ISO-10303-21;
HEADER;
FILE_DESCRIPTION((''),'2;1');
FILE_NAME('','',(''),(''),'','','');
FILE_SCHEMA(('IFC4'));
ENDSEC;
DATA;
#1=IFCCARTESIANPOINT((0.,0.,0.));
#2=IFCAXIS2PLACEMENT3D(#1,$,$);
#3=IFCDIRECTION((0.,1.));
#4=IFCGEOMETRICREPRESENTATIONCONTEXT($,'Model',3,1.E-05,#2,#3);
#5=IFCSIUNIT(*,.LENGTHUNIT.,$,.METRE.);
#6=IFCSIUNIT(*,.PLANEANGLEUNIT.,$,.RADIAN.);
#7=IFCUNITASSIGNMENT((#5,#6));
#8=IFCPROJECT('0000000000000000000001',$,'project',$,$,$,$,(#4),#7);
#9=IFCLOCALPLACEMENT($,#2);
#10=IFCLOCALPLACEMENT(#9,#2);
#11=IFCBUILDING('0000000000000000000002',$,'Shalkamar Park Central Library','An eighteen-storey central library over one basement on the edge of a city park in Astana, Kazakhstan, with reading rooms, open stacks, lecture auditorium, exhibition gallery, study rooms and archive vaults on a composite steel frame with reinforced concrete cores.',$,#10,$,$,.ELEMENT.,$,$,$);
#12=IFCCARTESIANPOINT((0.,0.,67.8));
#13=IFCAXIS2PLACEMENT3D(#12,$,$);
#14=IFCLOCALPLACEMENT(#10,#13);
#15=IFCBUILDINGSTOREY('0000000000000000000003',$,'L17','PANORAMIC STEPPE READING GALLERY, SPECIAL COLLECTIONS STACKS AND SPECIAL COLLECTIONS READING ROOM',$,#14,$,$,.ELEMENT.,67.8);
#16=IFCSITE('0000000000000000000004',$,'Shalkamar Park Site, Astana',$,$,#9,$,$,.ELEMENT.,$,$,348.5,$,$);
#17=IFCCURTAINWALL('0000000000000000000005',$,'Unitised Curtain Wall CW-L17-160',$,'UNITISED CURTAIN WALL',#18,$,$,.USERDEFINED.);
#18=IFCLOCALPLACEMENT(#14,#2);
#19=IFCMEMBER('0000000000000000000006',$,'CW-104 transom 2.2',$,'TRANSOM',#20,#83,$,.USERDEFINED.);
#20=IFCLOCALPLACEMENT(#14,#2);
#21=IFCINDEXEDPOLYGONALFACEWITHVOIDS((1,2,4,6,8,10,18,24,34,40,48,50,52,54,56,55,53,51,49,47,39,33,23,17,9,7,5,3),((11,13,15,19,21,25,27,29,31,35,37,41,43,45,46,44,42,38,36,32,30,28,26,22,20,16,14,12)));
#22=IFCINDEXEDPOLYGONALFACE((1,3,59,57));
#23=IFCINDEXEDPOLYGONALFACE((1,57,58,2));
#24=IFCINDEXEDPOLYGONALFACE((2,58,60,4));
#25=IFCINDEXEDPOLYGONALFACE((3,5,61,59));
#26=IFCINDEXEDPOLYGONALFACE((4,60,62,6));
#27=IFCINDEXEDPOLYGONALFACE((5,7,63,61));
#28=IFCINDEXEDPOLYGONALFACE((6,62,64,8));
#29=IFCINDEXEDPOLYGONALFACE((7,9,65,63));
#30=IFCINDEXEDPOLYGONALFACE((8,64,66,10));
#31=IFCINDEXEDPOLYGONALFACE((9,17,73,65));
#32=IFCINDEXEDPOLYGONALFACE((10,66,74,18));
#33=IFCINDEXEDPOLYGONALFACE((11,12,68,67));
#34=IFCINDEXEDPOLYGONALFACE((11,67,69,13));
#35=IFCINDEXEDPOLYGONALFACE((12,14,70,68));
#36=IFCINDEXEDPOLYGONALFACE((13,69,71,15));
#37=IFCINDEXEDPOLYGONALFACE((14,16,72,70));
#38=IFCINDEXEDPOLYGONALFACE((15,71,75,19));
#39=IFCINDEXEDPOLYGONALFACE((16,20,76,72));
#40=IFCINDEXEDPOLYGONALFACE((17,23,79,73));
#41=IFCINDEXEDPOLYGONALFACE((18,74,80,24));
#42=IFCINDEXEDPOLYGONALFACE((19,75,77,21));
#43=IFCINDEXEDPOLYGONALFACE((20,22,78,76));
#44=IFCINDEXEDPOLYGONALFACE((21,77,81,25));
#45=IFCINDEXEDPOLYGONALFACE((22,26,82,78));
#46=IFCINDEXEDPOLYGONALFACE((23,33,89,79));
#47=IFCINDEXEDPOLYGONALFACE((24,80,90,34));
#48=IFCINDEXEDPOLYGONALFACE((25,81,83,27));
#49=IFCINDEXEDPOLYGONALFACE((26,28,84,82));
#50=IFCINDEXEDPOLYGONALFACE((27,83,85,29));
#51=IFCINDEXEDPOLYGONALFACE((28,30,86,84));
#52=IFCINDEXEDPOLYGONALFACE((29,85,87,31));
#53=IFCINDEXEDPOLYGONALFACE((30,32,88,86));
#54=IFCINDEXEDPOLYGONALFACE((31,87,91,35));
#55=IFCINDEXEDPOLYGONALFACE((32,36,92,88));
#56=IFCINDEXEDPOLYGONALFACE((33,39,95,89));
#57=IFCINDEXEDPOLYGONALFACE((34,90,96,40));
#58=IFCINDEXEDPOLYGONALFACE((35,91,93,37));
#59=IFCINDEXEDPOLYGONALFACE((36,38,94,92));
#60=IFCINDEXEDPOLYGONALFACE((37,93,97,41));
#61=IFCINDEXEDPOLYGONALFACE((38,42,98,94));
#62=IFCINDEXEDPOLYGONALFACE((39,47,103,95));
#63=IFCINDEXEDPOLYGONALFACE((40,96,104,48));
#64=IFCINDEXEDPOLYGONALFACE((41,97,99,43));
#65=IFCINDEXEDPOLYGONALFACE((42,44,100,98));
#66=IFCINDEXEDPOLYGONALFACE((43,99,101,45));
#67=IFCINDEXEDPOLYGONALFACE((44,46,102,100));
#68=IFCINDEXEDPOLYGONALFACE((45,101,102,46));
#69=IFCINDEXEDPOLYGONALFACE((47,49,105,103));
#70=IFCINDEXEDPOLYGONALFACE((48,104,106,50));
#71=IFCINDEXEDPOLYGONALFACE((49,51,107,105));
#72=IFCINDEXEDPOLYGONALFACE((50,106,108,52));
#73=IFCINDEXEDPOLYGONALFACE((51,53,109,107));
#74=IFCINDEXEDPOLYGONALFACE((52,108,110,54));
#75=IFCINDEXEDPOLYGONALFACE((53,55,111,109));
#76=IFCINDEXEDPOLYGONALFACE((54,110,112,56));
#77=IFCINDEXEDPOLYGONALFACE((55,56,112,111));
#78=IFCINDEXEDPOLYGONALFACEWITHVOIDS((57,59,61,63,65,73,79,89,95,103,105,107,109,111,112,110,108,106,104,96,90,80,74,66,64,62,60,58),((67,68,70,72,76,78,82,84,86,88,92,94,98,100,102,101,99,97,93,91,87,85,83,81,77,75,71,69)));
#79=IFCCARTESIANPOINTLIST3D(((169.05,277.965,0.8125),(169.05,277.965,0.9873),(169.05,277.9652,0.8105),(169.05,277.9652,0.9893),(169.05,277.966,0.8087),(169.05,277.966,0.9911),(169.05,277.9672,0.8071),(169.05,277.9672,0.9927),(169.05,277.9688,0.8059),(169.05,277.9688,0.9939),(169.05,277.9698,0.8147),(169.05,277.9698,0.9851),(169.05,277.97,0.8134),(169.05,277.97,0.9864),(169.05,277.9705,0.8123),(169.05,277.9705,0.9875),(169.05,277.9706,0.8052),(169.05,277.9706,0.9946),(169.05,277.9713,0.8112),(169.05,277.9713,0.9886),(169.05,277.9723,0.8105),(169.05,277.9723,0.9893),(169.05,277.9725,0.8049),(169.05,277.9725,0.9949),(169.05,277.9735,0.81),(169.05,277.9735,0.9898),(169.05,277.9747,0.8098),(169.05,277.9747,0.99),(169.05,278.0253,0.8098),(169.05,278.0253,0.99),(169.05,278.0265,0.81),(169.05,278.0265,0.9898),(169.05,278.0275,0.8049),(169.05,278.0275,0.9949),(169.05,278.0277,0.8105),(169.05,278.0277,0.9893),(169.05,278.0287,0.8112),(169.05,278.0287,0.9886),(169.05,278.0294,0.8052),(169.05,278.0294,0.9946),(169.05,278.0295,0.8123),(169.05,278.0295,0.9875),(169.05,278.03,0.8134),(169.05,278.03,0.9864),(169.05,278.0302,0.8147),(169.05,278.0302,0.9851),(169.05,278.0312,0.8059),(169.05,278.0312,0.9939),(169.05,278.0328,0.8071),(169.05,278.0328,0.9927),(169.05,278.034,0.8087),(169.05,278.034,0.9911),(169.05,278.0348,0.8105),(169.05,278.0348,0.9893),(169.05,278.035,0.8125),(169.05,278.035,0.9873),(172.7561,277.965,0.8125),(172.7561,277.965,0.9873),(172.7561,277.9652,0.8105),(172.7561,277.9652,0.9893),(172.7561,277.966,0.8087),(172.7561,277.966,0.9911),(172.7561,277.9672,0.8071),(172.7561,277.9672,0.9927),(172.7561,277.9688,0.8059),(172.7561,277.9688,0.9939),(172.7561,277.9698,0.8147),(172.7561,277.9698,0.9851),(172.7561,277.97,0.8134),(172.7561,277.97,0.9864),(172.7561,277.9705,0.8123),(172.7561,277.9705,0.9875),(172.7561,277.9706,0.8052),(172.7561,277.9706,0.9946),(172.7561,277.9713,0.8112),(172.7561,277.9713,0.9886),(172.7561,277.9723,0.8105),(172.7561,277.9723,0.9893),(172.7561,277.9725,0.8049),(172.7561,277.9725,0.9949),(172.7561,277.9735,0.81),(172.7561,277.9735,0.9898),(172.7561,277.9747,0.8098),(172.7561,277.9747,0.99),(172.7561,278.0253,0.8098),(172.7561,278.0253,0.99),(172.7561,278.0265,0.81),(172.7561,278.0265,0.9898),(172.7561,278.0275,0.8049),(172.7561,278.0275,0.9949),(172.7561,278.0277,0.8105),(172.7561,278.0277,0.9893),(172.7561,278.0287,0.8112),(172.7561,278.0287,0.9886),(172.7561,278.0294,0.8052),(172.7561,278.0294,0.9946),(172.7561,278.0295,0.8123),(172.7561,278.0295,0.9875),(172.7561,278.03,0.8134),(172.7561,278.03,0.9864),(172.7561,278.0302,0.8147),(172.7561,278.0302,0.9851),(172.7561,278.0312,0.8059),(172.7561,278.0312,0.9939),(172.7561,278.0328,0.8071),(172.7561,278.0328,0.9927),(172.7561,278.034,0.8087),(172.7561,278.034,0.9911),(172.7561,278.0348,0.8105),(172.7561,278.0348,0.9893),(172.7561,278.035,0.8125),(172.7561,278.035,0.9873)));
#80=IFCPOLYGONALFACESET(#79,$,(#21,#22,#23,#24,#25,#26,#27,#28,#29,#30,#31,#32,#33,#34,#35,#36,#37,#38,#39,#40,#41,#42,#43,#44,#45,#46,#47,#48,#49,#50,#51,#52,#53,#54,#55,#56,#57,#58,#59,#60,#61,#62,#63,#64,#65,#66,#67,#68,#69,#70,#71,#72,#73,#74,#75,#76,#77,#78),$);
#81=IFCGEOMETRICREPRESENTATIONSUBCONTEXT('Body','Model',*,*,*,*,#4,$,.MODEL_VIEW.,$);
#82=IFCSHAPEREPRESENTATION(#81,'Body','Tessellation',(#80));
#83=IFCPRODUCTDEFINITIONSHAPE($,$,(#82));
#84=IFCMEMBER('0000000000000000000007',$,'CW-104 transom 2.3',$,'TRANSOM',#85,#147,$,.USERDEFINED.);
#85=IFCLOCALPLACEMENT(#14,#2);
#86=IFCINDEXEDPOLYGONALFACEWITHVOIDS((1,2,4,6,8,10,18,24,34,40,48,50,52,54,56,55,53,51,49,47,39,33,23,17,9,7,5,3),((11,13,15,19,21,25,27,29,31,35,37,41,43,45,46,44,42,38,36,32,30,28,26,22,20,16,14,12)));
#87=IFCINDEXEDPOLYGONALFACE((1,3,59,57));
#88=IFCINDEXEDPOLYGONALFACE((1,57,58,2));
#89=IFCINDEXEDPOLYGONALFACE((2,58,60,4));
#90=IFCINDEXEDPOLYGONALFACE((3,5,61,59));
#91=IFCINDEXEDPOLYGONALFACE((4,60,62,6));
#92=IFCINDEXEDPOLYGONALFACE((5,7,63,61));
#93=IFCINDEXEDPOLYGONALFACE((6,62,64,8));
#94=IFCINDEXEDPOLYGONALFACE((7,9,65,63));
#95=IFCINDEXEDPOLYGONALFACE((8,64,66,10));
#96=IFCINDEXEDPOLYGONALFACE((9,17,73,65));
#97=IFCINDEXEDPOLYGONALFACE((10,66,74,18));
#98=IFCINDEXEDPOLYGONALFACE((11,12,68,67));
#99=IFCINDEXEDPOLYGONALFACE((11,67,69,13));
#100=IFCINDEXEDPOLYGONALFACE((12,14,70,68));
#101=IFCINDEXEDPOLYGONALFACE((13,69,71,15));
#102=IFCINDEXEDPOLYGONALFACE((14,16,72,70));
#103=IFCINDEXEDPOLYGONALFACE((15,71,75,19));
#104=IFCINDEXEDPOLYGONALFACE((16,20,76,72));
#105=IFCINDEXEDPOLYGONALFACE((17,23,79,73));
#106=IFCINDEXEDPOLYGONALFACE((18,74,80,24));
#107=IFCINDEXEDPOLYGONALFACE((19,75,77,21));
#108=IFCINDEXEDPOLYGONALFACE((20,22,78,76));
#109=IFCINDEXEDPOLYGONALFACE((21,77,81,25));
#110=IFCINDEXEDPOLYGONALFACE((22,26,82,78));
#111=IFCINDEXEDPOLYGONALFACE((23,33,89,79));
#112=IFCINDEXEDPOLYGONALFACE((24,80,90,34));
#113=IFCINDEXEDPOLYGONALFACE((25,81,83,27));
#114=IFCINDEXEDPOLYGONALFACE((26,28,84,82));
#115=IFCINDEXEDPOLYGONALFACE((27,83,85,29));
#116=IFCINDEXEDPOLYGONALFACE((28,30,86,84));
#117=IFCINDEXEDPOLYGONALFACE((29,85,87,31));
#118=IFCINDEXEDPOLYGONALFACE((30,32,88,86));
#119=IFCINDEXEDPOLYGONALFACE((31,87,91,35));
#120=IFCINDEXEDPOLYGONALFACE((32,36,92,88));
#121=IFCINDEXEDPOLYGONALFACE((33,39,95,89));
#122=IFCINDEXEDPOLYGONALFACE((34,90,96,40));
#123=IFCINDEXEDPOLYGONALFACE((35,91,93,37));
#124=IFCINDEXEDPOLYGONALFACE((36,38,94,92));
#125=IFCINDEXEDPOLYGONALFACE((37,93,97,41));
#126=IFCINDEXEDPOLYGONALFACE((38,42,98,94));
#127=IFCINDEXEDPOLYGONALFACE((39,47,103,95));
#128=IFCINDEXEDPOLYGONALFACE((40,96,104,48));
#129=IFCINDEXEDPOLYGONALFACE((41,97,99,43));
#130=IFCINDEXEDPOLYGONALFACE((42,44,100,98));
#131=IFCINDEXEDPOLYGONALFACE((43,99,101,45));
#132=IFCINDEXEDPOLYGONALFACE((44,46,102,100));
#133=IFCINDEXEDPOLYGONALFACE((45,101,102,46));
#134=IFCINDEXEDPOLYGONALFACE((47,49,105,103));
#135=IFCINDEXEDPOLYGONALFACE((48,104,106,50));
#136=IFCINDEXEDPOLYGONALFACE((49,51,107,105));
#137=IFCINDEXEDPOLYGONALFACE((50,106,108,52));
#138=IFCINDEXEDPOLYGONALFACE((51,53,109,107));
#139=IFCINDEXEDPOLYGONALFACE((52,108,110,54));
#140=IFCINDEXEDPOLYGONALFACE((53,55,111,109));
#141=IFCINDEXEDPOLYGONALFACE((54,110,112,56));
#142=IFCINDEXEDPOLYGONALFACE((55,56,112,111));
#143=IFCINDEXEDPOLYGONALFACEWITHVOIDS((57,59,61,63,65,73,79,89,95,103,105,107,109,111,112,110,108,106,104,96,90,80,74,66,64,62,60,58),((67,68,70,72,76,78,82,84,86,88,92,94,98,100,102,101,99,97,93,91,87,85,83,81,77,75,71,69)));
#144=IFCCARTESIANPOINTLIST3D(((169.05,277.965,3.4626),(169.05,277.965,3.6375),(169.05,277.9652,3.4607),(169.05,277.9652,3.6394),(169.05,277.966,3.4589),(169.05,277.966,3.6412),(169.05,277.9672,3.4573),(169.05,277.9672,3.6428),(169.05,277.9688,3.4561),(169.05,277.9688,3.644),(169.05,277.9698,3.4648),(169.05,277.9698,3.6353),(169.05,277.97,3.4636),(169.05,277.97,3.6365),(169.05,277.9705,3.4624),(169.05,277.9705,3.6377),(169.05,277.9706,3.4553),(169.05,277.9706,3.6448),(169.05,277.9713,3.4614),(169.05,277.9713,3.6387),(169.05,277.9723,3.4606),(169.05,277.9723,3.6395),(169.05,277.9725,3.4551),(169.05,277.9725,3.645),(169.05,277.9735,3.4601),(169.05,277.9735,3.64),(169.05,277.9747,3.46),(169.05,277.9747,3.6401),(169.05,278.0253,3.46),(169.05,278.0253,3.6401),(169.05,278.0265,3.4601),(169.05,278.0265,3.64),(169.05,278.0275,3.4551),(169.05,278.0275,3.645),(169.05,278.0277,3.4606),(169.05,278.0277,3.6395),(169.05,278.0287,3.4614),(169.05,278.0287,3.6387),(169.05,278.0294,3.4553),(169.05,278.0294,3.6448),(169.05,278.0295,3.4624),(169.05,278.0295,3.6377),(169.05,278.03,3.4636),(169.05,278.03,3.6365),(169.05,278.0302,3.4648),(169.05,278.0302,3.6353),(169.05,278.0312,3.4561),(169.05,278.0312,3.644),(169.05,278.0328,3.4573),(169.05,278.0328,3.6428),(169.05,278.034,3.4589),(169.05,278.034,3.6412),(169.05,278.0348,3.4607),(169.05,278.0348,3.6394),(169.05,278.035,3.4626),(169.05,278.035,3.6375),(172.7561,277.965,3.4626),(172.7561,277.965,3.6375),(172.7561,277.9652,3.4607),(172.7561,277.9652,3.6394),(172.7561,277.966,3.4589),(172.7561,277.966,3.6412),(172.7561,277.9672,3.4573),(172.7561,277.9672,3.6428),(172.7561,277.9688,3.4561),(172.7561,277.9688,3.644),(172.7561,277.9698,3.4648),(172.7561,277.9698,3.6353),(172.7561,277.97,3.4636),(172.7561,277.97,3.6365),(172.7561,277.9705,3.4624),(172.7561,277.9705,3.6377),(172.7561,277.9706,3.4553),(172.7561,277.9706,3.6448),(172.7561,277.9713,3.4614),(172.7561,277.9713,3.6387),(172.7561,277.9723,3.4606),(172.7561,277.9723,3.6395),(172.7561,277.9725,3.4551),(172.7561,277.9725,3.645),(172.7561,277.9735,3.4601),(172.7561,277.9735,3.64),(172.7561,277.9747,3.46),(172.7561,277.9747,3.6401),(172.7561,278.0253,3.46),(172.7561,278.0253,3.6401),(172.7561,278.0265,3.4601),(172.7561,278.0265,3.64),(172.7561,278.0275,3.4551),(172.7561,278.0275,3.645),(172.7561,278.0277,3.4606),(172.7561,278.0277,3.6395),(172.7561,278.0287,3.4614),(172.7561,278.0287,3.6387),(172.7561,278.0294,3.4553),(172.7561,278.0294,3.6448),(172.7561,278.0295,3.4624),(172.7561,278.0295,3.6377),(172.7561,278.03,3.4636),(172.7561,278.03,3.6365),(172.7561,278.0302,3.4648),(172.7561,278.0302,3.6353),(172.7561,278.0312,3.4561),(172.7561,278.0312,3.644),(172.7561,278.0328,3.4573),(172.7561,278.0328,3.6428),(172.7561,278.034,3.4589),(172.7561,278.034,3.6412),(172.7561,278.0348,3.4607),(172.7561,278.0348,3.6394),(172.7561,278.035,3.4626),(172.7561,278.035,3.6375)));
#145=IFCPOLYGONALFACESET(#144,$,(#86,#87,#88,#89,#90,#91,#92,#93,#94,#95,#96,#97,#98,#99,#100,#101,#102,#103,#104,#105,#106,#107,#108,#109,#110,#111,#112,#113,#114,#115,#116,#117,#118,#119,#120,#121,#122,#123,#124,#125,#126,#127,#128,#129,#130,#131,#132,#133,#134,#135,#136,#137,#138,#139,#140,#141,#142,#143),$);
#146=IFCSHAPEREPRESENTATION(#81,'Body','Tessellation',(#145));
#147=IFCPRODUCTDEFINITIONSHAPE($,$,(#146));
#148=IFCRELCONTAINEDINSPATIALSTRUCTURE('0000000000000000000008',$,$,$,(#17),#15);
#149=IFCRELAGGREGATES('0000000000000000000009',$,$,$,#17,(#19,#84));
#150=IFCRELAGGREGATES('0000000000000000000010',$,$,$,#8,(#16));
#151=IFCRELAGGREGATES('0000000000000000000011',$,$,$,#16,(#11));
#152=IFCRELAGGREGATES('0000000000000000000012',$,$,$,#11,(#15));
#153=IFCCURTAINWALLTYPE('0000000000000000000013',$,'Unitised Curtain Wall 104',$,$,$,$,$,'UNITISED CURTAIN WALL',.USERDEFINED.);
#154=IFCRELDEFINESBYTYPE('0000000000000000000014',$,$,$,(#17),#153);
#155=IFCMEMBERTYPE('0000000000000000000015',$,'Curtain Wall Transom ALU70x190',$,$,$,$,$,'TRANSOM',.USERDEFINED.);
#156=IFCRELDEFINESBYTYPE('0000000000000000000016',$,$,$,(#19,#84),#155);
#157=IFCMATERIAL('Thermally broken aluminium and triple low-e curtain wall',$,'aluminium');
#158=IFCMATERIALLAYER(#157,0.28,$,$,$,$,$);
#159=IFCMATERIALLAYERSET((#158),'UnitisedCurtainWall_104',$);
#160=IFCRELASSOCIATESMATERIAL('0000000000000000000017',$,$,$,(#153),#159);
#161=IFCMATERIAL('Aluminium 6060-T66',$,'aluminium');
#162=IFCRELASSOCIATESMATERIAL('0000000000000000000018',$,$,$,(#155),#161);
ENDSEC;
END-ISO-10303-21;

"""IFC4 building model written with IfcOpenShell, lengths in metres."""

from ifc_helpers import new_model, si_unit, direction, frame, origin, origin_2d, place, context, subcontext, project, spatial, hollow_rectangle, extrude, material, layer, layer_set, material_profile, profile_set, type_object, element, aggregate, save


model = new_model("IFC4")

# Units and contexts
model_context = context("Model", 3, precision=1e-05, world=origin(), true_north=direction((0.0, 1.0)))
body_context = subcontext(model_context, "Body", "Model", "MODEL_VIEW")
ifc_project = project(units=[si_unit("LENGTHUNIT", "METRE"), si_unit("PLANEANGLEUNIT", "RADIAN")], contexts=[model_context])

# Site, building, storey
site_placement = place(None, origin())
site = spatial("IfcSite", under=ifc_project, at=site_placement, Name="Shalkamar Park Site, Astana", CompositionType="ELEMENT", RefElevation=348.5)
building_placement = place(site_placement, origin())
building = spatial("IfcBuilding", under=site, at=building_placement, Name="Shalkamar Park Central Library", Description="An eighteen-storey central library over one basement on the edge of a city park in Astana, Kazakhstan, with reading rooms, open stacks, lecture auditorium, exhibition gallery, study rooms and archive vaults on a composite steel frame with reinforced concrete cores.", CompositionType="ELEMENT")
storey_placement = place(building_placement, frame((0.0, 0.0, 67.8)))
storey = spatial("IfcBuildingStorey", under=building, at=storey_placement, Name="L17", Description="PANORAMIC STEPPE READING GALLERY, SPECIAL COLLECTIONS STACKS AND SPECIAL COLLECTIONS READING ROOM", CompositionType="ELEMENT", Elevation=67.8)

# Curtain wall, members
ifc_material_1 = material(Name="Thermally broken aluminium and triple low-e curtain wall", Category="aluminium")
ifc_layer_1 = layer(ifc_material_1, 0.28)
ifc_layer_set_1 = layer_set([ifc_layer_1], Name="UnitisedCurtainWall_104")
curtain_wall_type = type_object("IfcCurtainWallType", Name="Unitised Curtain Wall 104", ElementType="UNITISED CURTAIN WALL", PredefinedType="USERDEFINED", material=ifc_layer_set_1)
curtain_wall_placement = place(storey_placement, origin())
curtain_wall = element("IfcCurtainWall", 1, at=curtain_wall_placement, inside=storey, type_object=curtain_wall_type, Name="Unitised Curtain Wall CW-L17-160", ObjectType="UNITISED CURTAIN WALL", PredefinedType="USERDEFINED")
ifc_material_2 = material(Name="Aluminium 6060-T66", Category="aluminium")
ifc_material_profile_1 = material_profile(ifc_material_2, hollow_rectangle(XDim=0.0701, YDim=0.1899, WallThickness=0.0049, InnerFilletRadius=0.0049, OuterFilletRadius=0.0076, at=origin_2d()), Name="ALU 70x190x5")
ifc_profile_set_1 = profile_set([ifc_material_profile_1], Name="Aluminium 6060-T66")
member_type_1 = type_object("IfcMemberType", Name="Curtain Wall Transom ALU70x190", ElementType="TRANSOM", PredefinedType="USERDEFINED", material=ifc_profile_set_1)
member_1_placement = place(storey_placement, frame((169.05, 278.0, 0.8999), z_axis=(1.0, 0.0, 0.0), x_axis=(0.0, 1.0, 0.0)))
member_1 = element("IfcMember", 2, at=member_1_placement, type_object=member_type_1, Name="CW-104 transom 2.2", ObjectType="TRANSOM", PredefinedType="USERDEFINED", context=body_context, shape_type="SweptSolid", body=[
    extrude(hollow_rectangle(XDim=0.0701, YDim=0.1899, WallThickness=0.0049, InnerFilletRadius=0.0049, OuterFilletRadius=0.0076, at=origin_2d()), origin(), (0.0, 0.0, 1.0), 3.7061),
])
member_2_placement = place(storey_placement, frame((169.05, 278.0, 3.55), z_axis=(1.0, 0.0, 0.0), x_axis=(0.0, 1.0, 0.0)))
member_2 = element("IfcMember", 3, at=member_2_placement, type_object=member_type_1, Name="CW-104 transom 2.3", ObjectType="TRANSOM", PredefinedType="USERDEFINED", context=body_context, shape_type="SweptSolid", body=[
    extrude(hollow_rectangle(XDim=0.0701, YDim=0.1899, WallThickness=0.0049, InnerFilletRadius=0.0049, OuterFilletRadius=0.0076, at=origin_2d()), origin(), (0.0, 0.0, 1.0), 3.7061),
])

aggregate(curtain_wall, [member_1, member_2])

save(model, "model.ifc")
